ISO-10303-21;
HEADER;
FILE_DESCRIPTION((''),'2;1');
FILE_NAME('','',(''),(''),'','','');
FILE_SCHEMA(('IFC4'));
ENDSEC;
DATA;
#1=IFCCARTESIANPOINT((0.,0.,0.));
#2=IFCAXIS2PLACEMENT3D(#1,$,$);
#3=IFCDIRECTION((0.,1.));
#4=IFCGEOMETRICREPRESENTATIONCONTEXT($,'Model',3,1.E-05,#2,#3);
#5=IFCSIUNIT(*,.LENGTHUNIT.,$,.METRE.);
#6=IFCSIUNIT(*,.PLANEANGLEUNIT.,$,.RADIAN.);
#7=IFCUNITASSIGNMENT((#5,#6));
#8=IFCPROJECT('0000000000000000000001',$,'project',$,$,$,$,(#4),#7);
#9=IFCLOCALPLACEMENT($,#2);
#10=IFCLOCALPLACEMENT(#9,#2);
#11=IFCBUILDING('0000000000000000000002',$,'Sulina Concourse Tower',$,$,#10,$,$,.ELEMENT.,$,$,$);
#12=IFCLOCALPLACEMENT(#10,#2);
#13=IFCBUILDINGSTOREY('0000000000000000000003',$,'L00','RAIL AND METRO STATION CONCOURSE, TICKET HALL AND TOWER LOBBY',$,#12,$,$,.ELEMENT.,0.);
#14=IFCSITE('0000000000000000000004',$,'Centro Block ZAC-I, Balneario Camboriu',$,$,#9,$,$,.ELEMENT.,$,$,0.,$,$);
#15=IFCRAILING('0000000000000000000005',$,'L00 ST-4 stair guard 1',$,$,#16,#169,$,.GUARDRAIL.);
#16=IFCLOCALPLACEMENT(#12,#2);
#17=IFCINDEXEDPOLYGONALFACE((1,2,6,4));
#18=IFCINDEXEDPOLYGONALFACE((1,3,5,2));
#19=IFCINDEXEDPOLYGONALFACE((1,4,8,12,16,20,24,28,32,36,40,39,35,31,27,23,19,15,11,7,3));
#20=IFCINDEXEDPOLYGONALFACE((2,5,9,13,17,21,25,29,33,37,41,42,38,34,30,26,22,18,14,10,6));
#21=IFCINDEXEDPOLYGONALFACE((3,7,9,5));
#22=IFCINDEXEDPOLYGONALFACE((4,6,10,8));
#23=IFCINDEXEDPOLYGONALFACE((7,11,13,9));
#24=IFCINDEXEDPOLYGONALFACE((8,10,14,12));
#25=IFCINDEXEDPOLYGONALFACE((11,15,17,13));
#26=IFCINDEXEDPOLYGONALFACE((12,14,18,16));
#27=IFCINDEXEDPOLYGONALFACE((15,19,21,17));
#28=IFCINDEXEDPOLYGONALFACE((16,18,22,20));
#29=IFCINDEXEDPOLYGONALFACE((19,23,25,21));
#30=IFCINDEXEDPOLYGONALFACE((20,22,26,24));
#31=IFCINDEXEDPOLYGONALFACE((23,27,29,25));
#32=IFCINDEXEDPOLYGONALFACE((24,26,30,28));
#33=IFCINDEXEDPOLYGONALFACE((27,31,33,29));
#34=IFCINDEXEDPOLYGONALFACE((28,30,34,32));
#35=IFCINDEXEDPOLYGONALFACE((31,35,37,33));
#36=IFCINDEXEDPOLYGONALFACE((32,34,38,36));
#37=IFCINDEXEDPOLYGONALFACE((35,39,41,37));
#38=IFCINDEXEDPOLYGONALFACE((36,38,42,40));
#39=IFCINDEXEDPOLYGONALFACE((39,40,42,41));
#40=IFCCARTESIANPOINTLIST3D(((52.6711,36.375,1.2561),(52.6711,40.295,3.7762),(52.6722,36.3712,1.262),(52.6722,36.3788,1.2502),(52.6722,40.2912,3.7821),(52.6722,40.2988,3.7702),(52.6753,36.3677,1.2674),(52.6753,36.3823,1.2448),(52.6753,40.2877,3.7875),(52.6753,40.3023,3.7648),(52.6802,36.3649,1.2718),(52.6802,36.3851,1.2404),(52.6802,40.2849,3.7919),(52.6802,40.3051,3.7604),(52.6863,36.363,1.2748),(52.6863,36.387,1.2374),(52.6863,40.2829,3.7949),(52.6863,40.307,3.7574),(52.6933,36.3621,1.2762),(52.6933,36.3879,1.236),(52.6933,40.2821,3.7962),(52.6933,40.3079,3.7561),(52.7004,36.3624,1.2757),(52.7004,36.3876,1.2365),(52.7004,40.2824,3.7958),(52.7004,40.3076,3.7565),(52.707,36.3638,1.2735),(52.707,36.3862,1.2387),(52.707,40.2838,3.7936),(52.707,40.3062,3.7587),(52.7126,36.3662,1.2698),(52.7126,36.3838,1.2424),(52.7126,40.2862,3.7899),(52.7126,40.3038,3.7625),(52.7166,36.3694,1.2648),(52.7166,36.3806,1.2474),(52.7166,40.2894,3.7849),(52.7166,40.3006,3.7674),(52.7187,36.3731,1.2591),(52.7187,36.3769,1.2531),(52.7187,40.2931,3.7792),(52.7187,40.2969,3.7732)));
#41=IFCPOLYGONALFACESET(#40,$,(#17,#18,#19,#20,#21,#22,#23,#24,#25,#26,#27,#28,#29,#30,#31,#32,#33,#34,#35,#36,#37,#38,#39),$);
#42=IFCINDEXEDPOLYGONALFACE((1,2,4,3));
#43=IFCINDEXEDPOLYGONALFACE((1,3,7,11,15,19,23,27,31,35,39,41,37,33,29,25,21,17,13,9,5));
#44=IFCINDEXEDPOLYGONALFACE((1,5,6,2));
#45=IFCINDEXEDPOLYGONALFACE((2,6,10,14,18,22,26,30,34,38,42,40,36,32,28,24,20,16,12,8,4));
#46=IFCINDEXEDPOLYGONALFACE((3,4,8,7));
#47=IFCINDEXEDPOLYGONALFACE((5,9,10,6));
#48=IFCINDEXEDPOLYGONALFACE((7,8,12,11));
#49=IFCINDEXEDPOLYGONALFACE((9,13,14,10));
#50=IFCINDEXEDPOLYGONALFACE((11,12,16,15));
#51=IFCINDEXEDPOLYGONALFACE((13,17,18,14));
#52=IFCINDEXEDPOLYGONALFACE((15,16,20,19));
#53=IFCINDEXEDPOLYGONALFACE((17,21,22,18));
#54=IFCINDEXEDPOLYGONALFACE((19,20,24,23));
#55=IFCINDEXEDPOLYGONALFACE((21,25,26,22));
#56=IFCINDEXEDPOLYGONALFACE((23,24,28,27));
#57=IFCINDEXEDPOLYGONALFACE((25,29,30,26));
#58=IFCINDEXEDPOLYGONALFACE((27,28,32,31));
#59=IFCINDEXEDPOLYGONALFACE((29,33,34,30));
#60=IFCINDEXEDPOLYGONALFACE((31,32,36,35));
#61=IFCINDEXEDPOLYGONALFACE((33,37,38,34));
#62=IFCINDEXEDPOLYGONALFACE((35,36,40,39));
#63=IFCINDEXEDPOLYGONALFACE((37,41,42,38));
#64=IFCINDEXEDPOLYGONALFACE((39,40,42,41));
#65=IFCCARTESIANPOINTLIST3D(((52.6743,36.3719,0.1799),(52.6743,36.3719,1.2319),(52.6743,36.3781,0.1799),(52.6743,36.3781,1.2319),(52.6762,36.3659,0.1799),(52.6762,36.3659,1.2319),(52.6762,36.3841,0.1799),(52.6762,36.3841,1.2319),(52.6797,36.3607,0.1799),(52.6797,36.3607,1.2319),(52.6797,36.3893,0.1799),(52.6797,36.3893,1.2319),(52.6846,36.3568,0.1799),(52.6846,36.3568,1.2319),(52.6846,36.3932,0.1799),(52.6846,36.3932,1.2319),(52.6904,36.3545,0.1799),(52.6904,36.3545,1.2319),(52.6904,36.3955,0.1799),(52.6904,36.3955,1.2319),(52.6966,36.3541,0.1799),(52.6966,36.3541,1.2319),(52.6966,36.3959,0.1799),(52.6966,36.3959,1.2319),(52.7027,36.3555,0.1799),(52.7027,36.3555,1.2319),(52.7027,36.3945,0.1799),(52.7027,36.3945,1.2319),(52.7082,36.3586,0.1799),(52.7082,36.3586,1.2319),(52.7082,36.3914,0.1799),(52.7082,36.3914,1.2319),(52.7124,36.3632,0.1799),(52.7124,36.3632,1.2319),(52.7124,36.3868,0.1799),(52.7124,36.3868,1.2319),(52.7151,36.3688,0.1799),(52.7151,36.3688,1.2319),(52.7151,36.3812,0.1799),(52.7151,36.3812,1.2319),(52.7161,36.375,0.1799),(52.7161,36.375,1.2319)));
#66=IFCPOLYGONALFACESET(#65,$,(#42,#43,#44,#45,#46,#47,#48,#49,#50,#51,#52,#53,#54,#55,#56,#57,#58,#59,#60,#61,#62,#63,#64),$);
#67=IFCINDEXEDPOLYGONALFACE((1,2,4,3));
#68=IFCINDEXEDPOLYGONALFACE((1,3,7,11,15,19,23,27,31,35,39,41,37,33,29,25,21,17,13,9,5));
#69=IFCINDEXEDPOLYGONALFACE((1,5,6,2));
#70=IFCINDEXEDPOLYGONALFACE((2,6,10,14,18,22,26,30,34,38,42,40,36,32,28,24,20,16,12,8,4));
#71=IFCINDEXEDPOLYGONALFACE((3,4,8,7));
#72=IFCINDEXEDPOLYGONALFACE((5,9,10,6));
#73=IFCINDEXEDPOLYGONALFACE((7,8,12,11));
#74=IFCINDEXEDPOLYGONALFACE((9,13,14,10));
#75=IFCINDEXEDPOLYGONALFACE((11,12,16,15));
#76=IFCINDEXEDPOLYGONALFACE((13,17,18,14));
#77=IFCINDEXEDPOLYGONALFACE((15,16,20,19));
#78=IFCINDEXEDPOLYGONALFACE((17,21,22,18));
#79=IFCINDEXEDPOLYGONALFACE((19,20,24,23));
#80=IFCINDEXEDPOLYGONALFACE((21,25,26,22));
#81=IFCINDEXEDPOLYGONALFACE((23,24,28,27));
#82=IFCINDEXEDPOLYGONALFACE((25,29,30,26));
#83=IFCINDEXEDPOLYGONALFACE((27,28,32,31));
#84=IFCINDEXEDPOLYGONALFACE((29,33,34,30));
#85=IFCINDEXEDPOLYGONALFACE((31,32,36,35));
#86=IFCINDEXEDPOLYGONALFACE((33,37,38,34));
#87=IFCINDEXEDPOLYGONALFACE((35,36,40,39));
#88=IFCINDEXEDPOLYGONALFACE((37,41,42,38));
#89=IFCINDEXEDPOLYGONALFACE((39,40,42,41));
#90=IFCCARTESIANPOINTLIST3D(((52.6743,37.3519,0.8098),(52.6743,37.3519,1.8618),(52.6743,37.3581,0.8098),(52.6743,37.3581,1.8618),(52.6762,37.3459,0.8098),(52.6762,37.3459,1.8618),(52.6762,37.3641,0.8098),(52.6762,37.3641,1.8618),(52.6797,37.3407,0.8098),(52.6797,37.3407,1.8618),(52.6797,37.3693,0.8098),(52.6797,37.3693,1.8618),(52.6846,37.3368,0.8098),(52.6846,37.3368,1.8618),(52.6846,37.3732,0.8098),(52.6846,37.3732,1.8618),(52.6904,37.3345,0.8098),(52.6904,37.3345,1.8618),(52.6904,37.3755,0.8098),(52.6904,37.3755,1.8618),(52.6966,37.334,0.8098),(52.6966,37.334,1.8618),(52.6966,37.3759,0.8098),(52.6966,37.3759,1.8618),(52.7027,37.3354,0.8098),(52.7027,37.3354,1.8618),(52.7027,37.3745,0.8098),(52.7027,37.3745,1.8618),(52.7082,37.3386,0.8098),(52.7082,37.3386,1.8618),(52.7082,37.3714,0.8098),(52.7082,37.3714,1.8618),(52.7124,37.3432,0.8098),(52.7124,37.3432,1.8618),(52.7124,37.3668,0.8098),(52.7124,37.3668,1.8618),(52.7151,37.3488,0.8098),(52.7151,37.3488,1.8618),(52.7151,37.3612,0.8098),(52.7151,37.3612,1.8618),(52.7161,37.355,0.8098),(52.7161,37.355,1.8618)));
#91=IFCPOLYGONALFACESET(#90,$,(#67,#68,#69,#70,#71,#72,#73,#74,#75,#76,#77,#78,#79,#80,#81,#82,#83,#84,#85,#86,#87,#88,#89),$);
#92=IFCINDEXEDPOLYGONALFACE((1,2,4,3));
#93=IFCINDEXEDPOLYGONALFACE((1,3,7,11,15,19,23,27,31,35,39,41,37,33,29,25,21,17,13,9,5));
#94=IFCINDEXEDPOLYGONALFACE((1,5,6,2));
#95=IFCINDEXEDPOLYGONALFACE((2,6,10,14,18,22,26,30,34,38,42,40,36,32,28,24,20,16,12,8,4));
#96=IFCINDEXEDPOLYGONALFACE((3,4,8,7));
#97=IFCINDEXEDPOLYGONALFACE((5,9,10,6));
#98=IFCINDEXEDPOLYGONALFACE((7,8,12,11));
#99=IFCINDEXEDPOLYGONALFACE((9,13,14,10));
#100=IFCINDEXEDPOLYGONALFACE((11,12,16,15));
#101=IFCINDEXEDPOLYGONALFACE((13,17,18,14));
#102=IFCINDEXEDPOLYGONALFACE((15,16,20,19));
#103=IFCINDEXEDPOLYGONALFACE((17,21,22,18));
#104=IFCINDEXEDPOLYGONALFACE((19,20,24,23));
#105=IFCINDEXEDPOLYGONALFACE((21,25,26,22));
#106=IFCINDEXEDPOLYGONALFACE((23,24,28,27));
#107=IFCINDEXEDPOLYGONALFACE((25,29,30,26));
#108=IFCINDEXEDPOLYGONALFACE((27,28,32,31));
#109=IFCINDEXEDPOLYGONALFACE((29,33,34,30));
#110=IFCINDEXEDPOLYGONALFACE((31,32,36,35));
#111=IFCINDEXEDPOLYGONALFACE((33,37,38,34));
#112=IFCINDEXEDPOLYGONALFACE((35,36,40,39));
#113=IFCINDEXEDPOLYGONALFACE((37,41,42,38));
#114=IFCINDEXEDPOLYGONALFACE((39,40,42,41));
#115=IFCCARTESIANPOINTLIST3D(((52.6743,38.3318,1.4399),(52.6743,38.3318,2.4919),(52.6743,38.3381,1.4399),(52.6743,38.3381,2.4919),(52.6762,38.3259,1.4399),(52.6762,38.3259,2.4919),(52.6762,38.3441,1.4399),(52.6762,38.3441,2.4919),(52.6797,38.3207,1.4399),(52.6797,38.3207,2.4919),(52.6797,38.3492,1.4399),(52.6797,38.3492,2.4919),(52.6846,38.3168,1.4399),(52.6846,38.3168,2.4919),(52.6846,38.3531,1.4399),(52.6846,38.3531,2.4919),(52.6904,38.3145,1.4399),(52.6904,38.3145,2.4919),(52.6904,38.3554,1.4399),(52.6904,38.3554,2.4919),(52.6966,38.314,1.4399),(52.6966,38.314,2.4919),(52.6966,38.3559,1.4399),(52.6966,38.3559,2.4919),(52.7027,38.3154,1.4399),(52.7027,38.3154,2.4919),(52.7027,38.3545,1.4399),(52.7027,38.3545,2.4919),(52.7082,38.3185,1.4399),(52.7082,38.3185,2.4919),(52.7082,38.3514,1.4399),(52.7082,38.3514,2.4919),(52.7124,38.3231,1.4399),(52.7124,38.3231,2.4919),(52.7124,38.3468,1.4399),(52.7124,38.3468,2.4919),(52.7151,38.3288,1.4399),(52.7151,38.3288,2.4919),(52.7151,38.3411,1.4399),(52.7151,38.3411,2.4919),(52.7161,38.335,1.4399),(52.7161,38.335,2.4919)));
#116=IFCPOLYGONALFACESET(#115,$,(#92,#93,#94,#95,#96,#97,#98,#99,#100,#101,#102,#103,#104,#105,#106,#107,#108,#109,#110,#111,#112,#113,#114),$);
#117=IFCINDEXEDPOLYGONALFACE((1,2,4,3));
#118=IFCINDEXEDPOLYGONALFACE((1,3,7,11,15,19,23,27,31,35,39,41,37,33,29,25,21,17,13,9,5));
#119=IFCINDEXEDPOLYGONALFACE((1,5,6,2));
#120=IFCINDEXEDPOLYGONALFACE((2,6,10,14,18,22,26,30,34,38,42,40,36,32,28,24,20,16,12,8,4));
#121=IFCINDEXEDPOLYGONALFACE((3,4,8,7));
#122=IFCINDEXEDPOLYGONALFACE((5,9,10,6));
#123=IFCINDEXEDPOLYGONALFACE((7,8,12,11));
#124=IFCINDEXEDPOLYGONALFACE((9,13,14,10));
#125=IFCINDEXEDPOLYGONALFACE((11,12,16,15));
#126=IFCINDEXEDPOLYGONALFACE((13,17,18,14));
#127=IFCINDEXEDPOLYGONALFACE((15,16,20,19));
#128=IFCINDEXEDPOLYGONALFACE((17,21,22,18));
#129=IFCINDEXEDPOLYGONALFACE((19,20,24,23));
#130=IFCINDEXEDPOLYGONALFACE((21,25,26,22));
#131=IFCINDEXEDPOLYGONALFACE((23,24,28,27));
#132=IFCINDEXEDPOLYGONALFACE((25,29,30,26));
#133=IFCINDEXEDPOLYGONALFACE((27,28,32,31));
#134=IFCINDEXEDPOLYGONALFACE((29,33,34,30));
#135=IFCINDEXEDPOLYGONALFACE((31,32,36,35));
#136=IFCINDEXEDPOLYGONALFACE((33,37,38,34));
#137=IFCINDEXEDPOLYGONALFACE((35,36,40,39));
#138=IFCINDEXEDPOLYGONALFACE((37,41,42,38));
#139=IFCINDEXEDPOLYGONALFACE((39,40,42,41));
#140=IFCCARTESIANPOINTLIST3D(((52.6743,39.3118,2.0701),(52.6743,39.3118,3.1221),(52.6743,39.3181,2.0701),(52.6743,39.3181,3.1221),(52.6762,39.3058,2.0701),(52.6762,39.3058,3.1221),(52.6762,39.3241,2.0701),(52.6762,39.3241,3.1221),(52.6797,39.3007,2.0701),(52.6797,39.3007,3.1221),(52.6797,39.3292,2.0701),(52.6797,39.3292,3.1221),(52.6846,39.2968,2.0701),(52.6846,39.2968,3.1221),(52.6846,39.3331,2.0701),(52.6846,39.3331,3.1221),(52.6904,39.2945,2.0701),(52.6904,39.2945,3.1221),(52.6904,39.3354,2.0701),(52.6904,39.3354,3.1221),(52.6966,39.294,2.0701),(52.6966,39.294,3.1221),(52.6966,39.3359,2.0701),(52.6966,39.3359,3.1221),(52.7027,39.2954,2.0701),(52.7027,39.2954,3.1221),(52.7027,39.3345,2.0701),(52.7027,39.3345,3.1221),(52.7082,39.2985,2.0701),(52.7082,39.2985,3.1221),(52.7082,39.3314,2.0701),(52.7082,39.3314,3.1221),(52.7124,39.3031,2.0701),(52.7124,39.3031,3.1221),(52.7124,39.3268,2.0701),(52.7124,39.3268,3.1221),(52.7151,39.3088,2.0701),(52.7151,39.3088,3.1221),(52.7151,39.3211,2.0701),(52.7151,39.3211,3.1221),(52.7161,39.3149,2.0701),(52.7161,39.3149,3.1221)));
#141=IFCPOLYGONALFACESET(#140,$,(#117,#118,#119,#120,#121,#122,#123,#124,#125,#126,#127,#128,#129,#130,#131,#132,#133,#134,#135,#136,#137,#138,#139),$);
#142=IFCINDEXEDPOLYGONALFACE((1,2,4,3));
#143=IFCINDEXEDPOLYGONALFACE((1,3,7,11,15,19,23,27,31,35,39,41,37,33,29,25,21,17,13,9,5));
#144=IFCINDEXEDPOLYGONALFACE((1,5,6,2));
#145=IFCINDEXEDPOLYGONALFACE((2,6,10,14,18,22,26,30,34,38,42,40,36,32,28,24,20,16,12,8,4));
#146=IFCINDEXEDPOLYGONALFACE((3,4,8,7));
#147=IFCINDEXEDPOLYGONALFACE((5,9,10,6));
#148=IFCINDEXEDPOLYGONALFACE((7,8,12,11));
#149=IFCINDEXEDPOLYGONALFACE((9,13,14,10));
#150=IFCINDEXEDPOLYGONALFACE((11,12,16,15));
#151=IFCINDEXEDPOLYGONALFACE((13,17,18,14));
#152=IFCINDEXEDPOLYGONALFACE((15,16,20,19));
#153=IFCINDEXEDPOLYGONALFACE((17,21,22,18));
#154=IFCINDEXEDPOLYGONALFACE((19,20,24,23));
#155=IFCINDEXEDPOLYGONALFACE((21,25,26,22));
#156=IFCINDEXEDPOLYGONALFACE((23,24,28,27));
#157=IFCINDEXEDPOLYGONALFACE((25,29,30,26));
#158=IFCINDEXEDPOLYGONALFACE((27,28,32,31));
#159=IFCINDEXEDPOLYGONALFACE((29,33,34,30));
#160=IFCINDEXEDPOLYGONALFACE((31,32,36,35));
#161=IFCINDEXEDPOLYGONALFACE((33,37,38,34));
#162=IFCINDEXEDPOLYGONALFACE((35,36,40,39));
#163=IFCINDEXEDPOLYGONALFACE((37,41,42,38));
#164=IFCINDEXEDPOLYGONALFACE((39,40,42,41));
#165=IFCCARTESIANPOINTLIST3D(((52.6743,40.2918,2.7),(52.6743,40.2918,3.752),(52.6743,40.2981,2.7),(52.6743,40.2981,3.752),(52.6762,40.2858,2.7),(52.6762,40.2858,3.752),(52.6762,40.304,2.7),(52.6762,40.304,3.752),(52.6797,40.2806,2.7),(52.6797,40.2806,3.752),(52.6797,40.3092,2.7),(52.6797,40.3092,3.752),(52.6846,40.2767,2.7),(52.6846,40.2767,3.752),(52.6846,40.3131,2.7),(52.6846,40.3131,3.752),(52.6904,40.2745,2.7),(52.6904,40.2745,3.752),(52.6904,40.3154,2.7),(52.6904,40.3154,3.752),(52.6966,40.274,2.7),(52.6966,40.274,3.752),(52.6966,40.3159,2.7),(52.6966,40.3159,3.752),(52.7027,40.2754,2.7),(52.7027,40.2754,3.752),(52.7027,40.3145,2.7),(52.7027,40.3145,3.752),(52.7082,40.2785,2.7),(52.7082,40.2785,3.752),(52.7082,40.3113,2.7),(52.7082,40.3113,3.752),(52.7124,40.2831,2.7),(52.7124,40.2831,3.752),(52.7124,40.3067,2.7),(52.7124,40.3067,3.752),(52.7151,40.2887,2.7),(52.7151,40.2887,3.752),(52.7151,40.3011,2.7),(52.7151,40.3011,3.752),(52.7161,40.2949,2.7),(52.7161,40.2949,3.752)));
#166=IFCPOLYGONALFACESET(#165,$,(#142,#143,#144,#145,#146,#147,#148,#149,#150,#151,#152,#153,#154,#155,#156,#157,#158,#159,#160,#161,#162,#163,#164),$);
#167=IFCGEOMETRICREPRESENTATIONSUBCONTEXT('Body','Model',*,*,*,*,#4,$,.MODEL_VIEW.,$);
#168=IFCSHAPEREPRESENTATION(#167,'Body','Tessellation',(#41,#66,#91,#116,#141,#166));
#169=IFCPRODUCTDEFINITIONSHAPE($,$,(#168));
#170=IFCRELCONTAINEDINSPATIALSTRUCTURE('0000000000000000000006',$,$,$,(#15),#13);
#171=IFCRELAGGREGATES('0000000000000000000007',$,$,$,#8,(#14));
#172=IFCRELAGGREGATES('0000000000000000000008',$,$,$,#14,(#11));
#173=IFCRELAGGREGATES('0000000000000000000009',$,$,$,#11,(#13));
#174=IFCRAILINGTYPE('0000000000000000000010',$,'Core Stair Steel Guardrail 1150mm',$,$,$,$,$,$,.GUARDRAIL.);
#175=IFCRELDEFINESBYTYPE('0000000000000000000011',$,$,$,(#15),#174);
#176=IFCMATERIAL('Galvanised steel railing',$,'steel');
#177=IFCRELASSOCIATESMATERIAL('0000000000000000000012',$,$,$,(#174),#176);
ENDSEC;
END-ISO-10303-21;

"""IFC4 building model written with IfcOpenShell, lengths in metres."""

from ifc_helpers import new_model, si_unit, direction, frame, origin, origin_2d, place, context, subcontext, project, spatial, circle, extrude, material, type_object, element, save


model = new_model("IFC4")

# Units and contexts
model_context = context("Model", 3, precision=1e-05, world=origin(), true_north=direction((0.0, 1.0)))
body_context = subcontext(model_context, "Body", "Model", "MODEL_VIEW")
ifc_project = project(units=[si_unit("LENGTHUNIT", "METRE"), si_unit("PLANEANGLEUNIT", "RADIAN")], contexts=[model_context])

# Site, building, storey
site_placement = place(None, origin())
site = spatial("IfcSite", under=ifc_project, at=site_placement, Name="Centro Block ZAC-I, Balneario Camboriu", CompositionType="ELEMENT", RefElevation=0.0)
building_placement = place(site_placement, origin())
building = spatial("IfcBuilding", under=site, at=building_placement, Name="Sulina Concourse Tower", CompositionType="ELEMENT")
storey_placement = place(building_placement, origin())
storey = spatial("IfcBuildingStorey", under=building, at=storey_placement, Name="L00", Description="RAIL AND METRO STATION CONCOURSE, TICKET HALL AND TOWER LOBBY", CompositionType="ELEMENT", Elevation=0.0)

# Railing
ifc_material_1 = material(Name="Galvanised steel railing", Category="steel")
railing_type_1 = type_object("IfcRailingType", Name="Core Stair Steel Guardrail 1150mm", PredefinedType="GUARDRAIL", material=ifc_material_1)
railing_1_placement = place(storey_placement, frame((52.6951, 36.375, 0.1799)))
element("IfcRailing", 1, at=railing_1_placement, inside=storey, type_object=railing_type_1, Name="L00 ST-4 stair guard 1", PredefinedType="GUARDRAIL", context=body_context, shape_type="SweptSolid", body=[
    extrude(circle(Radius=0.0239, at=origin_2d()), frame((0.0, 0.0, 1.0762), z_axis=(0.0, 0.841172, 0.540768), x_axis=(-1.0, 0.0, 0.0)), (0.0, 0.0, 1.0), 4.6602),
    extrude(circle(Radius=0.021, at=origin_2d()), origin(), (0.0, 0.0, 1.0), 1.052),
    extrude(circle(Radius=0.021, at=origin_2d()), frame((0.0, 0.98, 0.6299)), (0.0, 0.0, 1.0), 1.052),
    extrude(circle(Radius=0.021, at=origin_2d()), frame((0.0, 1.96, 1.26)), (0.0, 0.0, 1.0), 1.052),
    extrude(circle(Radius=0.021, at=origin_2d()), frame((0.0, 2.9399, 1.8901)), (0.0, 0.0, 1.0), 1.052),
    extrude(circle(Radius=0.021, at=origin_2d()), frame((0.0, 3.9199, 2.52)), (0.0, 0.0, 1.0), 1.052),
])

save(model, "model.ifc")
